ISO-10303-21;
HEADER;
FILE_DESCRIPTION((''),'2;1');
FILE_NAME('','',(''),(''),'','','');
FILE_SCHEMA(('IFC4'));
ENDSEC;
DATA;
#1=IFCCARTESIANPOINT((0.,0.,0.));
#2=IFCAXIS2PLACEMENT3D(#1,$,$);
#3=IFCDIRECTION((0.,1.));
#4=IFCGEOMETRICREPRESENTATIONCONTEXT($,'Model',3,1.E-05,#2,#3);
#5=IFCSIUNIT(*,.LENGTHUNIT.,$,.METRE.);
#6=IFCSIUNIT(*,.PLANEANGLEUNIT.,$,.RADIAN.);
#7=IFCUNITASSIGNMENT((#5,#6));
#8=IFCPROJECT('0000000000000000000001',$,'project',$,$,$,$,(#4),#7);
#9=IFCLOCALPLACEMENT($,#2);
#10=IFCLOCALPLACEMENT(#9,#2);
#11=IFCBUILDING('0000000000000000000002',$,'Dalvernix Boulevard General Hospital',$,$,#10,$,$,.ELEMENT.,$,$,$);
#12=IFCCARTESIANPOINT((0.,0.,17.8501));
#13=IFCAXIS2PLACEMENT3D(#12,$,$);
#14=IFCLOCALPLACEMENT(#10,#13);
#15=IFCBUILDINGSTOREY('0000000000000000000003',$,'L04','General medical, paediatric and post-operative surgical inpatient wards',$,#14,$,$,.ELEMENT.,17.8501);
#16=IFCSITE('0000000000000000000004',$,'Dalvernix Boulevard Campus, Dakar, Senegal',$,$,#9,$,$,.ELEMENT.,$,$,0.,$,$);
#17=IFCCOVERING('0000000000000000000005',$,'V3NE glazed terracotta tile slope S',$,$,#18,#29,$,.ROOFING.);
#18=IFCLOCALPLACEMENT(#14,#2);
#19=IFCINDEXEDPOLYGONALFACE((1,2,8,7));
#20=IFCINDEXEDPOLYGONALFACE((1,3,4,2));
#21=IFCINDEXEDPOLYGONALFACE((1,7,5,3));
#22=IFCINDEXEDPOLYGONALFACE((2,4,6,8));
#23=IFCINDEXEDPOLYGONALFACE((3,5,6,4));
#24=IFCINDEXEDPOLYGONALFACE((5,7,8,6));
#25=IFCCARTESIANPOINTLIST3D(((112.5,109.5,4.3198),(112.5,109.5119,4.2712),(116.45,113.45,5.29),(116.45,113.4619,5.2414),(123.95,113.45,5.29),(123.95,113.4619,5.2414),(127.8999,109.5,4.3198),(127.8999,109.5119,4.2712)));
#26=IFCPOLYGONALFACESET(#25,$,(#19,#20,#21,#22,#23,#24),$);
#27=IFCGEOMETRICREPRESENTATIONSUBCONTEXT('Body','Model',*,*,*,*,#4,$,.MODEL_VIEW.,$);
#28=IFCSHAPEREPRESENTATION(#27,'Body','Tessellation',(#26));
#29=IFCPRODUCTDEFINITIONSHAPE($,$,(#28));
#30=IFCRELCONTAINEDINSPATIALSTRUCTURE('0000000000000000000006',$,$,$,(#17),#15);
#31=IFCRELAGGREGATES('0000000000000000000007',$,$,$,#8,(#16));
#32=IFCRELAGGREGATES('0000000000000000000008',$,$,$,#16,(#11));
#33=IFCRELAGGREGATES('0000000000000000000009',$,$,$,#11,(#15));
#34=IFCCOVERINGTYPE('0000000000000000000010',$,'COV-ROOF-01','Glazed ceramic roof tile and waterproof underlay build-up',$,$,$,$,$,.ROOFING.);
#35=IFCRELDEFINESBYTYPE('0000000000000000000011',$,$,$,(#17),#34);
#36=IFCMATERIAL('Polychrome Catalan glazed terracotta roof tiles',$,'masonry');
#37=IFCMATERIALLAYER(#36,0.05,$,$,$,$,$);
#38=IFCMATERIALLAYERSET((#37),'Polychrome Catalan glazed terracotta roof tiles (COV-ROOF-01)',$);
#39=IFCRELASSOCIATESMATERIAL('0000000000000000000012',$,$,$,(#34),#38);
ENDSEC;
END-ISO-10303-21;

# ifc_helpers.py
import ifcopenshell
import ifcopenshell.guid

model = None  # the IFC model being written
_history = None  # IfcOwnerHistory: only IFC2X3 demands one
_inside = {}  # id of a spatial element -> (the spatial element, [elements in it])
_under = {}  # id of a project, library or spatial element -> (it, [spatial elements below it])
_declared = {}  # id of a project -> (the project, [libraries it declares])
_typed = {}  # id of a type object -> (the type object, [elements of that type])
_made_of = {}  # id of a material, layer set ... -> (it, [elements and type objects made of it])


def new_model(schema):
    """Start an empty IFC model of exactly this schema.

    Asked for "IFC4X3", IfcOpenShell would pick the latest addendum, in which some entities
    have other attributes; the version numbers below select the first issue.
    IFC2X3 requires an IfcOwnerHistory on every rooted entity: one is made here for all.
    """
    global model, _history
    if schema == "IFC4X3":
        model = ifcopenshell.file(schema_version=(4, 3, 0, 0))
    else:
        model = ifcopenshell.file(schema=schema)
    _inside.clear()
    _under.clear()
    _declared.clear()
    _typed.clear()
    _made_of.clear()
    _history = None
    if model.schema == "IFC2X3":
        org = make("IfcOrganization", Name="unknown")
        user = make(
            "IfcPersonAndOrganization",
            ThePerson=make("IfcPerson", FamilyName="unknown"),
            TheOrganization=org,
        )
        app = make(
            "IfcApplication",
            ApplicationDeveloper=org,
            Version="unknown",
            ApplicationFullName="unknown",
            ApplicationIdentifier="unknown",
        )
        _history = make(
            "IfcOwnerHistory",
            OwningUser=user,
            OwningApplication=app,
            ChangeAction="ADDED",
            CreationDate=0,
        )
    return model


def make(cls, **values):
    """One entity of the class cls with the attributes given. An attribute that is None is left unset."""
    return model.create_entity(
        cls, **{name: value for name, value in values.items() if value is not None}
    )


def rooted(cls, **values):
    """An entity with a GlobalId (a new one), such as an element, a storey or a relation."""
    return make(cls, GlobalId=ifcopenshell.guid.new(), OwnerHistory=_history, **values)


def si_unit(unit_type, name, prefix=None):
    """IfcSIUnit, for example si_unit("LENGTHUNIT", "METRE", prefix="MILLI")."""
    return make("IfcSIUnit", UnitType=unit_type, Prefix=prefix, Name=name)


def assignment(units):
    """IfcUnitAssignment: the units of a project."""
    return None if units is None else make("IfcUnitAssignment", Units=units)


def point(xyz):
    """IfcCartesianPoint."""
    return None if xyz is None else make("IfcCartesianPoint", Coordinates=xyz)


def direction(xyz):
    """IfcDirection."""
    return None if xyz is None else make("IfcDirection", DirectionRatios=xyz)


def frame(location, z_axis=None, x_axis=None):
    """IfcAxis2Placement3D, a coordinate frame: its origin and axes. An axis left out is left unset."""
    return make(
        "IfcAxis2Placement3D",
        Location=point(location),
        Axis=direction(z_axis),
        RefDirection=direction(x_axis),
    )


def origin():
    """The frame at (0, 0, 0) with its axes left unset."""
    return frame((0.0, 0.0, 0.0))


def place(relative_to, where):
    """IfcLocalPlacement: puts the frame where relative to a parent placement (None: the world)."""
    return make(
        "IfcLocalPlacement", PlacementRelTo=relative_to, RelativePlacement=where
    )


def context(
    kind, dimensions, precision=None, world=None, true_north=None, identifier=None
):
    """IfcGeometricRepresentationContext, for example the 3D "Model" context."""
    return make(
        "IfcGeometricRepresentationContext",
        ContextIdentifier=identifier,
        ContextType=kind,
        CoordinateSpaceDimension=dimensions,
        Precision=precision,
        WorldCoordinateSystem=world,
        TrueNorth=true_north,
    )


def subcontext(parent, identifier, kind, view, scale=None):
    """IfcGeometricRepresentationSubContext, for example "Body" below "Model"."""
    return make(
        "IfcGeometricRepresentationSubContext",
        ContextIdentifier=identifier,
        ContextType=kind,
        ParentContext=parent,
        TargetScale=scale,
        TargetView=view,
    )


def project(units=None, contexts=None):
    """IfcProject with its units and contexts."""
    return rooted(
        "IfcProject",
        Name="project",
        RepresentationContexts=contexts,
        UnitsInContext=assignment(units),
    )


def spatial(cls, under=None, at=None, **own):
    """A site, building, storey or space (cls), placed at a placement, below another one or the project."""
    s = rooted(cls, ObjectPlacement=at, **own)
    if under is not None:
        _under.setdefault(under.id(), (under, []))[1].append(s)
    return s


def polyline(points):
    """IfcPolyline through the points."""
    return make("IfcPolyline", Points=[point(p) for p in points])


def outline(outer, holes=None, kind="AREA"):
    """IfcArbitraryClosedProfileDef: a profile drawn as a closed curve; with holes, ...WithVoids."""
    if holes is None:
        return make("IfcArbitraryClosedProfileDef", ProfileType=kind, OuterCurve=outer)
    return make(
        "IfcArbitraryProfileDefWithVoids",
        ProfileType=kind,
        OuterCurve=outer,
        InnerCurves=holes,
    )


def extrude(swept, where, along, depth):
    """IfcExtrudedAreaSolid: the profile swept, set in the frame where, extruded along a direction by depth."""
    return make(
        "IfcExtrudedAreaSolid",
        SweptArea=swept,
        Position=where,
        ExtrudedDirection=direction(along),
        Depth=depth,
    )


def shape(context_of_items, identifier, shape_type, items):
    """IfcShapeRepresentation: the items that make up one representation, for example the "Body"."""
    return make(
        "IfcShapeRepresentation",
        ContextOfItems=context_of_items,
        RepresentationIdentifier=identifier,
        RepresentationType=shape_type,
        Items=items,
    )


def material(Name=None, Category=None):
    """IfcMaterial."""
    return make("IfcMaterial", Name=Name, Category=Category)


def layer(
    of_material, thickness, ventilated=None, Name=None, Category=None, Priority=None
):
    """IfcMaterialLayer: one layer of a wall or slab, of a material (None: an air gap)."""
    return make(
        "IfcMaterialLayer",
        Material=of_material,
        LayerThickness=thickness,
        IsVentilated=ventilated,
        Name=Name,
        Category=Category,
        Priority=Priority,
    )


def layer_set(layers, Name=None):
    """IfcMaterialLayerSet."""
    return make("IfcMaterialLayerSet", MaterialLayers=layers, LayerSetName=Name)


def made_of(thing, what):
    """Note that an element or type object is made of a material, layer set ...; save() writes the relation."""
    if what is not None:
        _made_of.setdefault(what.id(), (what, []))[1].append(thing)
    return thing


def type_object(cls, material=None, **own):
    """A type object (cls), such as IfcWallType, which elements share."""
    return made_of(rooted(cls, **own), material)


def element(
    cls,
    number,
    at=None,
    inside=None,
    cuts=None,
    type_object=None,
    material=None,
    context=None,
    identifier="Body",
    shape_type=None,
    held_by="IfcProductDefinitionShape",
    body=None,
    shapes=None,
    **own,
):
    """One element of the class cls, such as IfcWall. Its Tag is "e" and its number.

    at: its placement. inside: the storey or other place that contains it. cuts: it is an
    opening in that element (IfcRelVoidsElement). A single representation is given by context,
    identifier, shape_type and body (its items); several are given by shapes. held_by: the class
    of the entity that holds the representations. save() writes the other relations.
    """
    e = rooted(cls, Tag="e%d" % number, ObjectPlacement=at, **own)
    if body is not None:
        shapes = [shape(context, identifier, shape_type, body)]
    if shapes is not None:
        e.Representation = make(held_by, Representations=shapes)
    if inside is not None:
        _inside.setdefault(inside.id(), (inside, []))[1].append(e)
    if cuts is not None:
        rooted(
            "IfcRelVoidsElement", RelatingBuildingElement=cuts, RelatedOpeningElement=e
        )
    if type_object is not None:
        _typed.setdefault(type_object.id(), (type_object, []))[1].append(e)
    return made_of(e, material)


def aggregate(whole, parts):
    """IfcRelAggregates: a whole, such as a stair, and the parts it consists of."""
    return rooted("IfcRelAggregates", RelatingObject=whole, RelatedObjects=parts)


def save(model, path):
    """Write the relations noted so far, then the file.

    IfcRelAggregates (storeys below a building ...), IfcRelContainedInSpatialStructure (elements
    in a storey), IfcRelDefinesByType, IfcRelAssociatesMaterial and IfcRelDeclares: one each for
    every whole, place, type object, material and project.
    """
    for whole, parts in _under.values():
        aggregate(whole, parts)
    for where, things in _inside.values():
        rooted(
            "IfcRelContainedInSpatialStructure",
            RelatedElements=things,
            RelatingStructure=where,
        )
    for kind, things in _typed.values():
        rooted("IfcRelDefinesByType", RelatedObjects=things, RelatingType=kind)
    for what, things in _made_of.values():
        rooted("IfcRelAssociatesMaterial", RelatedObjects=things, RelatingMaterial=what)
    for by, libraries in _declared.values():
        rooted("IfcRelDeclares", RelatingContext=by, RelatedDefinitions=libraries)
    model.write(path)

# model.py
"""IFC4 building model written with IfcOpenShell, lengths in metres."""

from ifc_helpers import new_model, si_unit, direction, frame, origin, place, context, subcontext, project, spatial, polyline, outline, extrude, material, layer, layer_set, type_object, element, save


model = new_model("IFC4")

# Units and contexts
model_context = context("Model", 3, precision=1e-05, world=origin(), true_north=direction((0.0, 1.0)))
body_context = subcontext(model_context, "Body", "Model", "MODEL_VIEW")
ifc_project = project(units=[si_unit("LENGTHUNIT", "METRE"), si_unit("PLANEANGLEUNIT", "RADIAN")], contexts=[model_context])

# Site, building, storey
site_placement = place(None, origin())
site = spatial("IfcSite", under=ifc_project, at=site_placement, Name="Dalvernix Boulevard Campus, Dakar, Senegal", CompositionType="ELEMENT", RefElevation=0.0)
building_placement = place(site_placement, origin())
building = spatial("IfcBuilding", under=site, at=building_placement, Name="Dalvernix Boulevard General Hospital", CompositionType="ELEMENT")
storey_placement = place(building_placement, frame((0.0, 0.0, 17.8501)))
storey = spatial("IfcBuildingStorey", under=building, at=storey_placement, Name="L04", Description="General medical, paediatric and post-operative surgical inpatient wards", CompositionType="ELEMENT", Elevation=17.8501)

# Covering
ifc_material_1 = material(Name="Polychrome Catalan glazed terracotta roof tiles", Category="masonry")
ifc_layer_1 = layer(ifc_material_1, 0.05)
ifc_layer_set_1 = layer_set([ifc_layer_1], Name="Polychrome Catalan glazed terracotta roof tiles (COV-ROOF-01)")
covering_type = type_object("IfcCoveringType", Name="COV-ROOF-01", Description="Glazed ceramic roof tile and waterproof underlay build-up", PredefinedType="ROOFING", material=ifc_layer_set_1)
covering_placement = place(storey_placement, frame((112.5, 109.5, 4.3198), z_axis=(0.0, -0.238537, 0.971133), x_axis=(1.0, 0.0, 0.0)))
element("IfcCovering", 1, at=covering_placement, inside=storey, type_object=covering_type, Name="V3NE glazed terracotta tile slope S", PredefinedType="ROOFING", context=body_context, shape_type="SweptSolid", body=[
    extrude(outline(polyline([(0.0, 0.0), (15.3999, 0.0), (11.45, 4.0674), (3.95, 4.0674), (0.0, 0.0)])), origin(), (0.0, 0.0, -1.0), 0.05),
])

save(model, "model.ifc")
